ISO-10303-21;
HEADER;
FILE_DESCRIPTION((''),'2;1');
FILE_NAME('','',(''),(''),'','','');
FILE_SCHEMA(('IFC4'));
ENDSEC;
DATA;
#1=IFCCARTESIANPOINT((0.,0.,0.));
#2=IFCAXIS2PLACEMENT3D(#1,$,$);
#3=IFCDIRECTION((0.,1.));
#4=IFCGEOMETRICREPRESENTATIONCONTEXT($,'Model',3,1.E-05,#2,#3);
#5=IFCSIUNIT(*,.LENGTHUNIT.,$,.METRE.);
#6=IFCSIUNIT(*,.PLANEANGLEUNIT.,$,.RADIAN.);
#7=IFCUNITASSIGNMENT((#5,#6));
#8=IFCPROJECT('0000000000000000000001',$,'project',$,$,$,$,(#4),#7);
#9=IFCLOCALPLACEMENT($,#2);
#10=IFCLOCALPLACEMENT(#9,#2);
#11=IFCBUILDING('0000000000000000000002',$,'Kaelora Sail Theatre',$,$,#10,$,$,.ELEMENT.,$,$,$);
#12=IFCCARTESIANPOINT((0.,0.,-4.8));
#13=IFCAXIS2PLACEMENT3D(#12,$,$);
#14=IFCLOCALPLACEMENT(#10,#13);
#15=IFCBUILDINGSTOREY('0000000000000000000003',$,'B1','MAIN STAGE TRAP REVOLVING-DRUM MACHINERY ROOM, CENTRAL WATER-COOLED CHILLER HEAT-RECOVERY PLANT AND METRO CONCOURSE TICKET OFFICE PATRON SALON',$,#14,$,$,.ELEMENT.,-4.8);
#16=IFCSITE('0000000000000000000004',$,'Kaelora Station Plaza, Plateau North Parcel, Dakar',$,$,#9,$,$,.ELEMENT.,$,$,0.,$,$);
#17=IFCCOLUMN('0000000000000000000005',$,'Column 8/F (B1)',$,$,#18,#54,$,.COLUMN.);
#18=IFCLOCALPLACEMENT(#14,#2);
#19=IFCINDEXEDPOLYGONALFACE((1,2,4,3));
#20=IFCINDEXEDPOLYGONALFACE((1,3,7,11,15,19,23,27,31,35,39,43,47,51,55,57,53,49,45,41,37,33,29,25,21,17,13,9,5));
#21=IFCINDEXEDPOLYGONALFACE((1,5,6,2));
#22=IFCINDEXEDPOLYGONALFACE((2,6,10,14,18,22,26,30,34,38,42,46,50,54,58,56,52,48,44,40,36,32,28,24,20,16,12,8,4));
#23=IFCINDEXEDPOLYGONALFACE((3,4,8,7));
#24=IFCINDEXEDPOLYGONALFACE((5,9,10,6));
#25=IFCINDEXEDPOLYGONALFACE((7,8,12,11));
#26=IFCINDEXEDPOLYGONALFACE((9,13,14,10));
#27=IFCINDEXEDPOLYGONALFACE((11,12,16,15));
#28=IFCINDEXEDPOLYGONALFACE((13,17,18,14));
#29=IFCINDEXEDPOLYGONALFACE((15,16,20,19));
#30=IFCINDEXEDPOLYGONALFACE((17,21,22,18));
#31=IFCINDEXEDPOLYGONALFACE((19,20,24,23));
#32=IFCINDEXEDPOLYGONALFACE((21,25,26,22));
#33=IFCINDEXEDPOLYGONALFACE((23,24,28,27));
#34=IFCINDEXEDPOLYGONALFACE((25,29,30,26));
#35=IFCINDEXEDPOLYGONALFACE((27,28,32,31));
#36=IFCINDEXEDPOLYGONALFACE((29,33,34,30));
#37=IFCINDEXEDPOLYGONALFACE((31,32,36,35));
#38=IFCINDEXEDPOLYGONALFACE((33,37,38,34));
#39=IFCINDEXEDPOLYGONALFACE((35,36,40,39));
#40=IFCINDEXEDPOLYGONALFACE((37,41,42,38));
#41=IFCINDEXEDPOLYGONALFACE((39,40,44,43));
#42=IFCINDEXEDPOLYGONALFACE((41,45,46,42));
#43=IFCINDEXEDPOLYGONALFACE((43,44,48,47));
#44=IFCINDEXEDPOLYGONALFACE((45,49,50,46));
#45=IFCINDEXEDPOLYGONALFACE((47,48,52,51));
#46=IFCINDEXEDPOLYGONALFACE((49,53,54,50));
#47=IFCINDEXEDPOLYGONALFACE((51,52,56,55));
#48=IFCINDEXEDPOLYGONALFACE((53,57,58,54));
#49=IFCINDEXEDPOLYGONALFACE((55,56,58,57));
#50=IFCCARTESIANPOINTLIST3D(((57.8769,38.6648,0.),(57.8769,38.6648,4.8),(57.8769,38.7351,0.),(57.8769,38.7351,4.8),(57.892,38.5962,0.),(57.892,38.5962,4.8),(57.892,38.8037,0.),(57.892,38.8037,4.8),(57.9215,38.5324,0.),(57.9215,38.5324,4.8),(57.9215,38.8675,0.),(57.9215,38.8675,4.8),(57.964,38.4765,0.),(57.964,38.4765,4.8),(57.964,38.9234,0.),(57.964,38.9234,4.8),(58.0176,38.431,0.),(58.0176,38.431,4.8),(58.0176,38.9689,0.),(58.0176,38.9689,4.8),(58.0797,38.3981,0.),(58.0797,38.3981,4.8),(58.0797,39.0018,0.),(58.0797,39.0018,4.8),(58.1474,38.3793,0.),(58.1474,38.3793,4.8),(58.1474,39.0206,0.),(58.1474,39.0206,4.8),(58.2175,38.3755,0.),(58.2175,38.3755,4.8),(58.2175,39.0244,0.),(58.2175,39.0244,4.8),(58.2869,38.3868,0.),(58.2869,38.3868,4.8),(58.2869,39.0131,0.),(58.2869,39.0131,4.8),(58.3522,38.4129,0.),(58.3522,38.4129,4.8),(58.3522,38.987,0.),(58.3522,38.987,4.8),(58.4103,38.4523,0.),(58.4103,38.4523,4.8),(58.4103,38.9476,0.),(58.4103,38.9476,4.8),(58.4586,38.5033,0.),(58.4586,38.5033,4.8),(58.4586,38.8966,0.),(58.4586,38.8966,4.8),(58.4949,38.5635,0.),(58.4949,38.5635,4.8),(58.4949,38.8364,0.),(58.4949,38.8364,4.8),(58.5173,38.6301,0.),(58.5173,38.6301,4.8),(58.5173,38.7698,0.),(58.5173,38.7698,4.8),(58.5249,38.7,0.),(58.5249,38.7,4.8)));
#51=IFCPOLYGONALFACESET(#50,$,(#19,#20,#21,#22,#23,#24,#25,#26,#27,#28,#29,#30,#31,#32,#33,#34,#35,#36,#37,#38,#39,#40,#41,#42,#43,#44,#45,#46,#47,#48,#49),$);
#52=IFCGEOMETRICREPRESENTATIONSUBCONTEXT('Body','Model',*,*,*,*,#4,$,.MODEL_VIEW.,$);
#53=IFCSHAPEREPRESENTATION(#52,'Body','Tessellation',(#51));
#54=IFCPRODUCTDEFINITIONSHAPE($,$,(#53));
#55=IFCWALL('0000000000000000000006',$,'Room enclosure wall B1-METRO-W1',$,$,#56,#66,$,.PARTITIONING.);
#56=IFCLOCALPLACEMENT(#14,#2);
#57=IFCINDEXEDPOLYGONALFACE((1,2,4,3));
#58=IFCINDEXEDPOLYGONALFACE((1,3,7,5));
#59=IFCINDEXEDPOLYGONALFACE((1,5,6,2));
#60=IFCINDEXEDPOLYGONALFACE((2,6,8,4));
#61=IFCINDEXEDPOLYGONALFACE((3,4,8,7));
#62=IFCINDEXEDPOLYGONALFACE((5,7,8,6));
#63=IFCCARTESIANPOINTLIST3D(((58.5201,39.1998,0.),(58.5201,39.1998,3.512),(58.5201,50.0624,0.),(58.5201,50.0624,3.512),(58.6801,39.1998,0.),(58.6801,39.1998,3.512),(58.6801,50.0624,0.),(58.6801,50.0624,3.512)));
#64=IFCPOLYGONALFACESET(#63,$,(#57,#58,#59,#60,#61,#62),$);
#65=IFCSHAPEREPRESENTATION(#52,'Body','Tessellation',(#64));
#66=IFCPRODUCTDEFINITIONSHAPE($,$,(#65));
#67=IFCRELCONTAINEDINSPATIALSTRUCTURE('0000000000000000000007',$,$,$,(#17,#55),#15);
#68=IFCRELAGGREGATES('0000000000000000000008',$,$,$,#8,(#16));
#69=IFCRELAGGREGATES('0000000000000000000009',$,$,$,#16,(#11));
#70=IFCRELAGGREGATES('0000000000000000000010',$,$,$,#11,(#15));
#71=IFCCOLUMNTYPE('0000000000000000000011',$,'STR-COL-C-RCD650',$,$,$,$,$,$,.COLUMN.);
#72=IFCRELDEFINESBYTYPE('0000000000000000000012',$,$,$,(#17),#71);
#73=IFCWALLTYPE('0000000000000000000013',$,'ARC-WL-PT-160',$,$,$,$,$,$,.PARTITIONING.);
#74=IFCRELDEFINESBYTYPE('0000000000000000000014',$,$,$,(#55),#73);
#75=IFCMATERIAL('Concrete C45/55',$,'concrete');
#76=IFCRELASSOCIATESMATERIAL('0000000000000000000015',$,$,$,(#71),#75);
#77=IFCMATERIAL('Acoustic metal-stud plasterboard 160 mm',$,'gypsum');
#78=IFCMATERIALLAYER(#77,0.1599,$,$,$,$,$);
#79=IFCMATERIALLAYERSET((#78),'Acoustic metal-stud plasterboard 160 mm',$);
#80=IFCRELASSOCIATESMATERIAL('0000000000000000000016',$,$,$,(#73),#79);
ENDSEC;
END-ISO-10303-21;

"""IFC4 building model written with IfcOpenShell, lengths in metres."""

from ifc_helpers import new_model, si_unit, direction, frame, frame_2d, origin, origin_2d, place, context, subcontext, project, spatial, rectangle, circle, extrude, material, layer, layer_set, material_profile, profile_set, type_object, element, save


model = new_model("IFC4")

# Units and contexts
model_context = context("Model", 3, precision=1e-05, world=origin(), true_north=direction((0.0, 1.0)))
body_context = subcontext(model_context, "Body", "Model", "MODEL_VIEW")
ifc_project = project(units=[si_unit("LENGTHUNIT", "METRE"), si_unit("PLANEANGLEUNIT", "RADIAN")], contexts=[model_context])

# Site, building, storey
site_placement = place(None, origin())
site = spatial("IfcSite", under=ifc_project, at=site_placement, Name="Kaelora Station Plaza, Plateau North Parcel, Dakar", CompositionType="ELEMENT", RefElevation=0.0)
building_placement = place(site_placement, origin())
building = spatial("IfcBuilding", under=site, at=building_placement, Name="Kaelora Sail Theatre", CompositionType="ELEMENT")
storey_placement = place(building_placement, frame((0.0, 0.0, -4.8)))
storey = spatial("IfcBuildingStorey", under=building, at=storey_placement, Name="B1", Description="MAIN STAGE TRAP REVOLVING-DRUM MACHINERY ROOM, CENTRAL WATER-COOLED CHILLER HEAT-RECOVERY PLANT AND METRO CONCOURSE TICKET OFFICE PATRON SALON", CompositionType="ELEMENT", Elevation=-4.8)

# Column
ifc_material_1 = material(Name="Concrete C45/55", Category="concrete")
ifc_material_profile_1 = material_profile(ifc_material_1, circle(Radius=0.325, at=origin_2d()), Name="RC-CCOL D650")
ifc_profile_set_1 = profile_set([ifc_material_profile_1], Name="Concrete C45/55")
column_type_1 = type_object("IfcColumnType", Name="STR-COL-C-RCD650", PredefinedType="COLUMN", material=ifc_profile_set_1)
column_1_placement = place(storey_placement, frame((58.2, 38.7, 0.0), z_axis=(0.0, 0.0, 1.0), x_axis=(1.0, 0.0, 0.0)))
element("IfcColumn", 1, at=column_1_placement, inside=storey, type_object=column_type_1, Name="Column 8/F (B1)", PredefinedType="COLUMN", context=body_context, shape_type="SweptSolid", body=[
    extrude(circle(Radius=0.325, at=origin_2d()), origin(), (0.0, 0.0, 1.0), 4.8),
])

# Wall
ifc_material_2 = material(Name="Acoustic metal-stud plasterboard 160 mm", Category="gypsum")
ifc_layer = layer(ifc_material_2, 0.1599)
ifc_layer_set = layer_set([ifc_layer], Name="Acoustic metal-stud plasterboard 160 mm")
wall_type = type_object("IfcWallType", Name="ARC-WL-PT-160", PredefinedType="PARTITIONING", material=ifc_layer_set)
wall_placement = place(storey_placement, frame((58.6001, 39.2, 0.0), z_axis=(0.0, 0.0, 1.0), x_axis=(0.0, 1.0, 0.0)))
element("IfcWall", 2, at=wall_placement, inside=storey, type_object=wall_type, Name="Room enclosure wall B1-METRO-W1", PredefinedType="PARTITIONING", context=body_context, shape_type="SweptSolid", body=[
    extrude(rectangle(XDim=10.8625, YDim=0.1599, at=frame_2d((5.4312, 0.0))), origin(), (0.0, 0.0, 1.0), 3.512),
])

save(model, "model.ifc")
